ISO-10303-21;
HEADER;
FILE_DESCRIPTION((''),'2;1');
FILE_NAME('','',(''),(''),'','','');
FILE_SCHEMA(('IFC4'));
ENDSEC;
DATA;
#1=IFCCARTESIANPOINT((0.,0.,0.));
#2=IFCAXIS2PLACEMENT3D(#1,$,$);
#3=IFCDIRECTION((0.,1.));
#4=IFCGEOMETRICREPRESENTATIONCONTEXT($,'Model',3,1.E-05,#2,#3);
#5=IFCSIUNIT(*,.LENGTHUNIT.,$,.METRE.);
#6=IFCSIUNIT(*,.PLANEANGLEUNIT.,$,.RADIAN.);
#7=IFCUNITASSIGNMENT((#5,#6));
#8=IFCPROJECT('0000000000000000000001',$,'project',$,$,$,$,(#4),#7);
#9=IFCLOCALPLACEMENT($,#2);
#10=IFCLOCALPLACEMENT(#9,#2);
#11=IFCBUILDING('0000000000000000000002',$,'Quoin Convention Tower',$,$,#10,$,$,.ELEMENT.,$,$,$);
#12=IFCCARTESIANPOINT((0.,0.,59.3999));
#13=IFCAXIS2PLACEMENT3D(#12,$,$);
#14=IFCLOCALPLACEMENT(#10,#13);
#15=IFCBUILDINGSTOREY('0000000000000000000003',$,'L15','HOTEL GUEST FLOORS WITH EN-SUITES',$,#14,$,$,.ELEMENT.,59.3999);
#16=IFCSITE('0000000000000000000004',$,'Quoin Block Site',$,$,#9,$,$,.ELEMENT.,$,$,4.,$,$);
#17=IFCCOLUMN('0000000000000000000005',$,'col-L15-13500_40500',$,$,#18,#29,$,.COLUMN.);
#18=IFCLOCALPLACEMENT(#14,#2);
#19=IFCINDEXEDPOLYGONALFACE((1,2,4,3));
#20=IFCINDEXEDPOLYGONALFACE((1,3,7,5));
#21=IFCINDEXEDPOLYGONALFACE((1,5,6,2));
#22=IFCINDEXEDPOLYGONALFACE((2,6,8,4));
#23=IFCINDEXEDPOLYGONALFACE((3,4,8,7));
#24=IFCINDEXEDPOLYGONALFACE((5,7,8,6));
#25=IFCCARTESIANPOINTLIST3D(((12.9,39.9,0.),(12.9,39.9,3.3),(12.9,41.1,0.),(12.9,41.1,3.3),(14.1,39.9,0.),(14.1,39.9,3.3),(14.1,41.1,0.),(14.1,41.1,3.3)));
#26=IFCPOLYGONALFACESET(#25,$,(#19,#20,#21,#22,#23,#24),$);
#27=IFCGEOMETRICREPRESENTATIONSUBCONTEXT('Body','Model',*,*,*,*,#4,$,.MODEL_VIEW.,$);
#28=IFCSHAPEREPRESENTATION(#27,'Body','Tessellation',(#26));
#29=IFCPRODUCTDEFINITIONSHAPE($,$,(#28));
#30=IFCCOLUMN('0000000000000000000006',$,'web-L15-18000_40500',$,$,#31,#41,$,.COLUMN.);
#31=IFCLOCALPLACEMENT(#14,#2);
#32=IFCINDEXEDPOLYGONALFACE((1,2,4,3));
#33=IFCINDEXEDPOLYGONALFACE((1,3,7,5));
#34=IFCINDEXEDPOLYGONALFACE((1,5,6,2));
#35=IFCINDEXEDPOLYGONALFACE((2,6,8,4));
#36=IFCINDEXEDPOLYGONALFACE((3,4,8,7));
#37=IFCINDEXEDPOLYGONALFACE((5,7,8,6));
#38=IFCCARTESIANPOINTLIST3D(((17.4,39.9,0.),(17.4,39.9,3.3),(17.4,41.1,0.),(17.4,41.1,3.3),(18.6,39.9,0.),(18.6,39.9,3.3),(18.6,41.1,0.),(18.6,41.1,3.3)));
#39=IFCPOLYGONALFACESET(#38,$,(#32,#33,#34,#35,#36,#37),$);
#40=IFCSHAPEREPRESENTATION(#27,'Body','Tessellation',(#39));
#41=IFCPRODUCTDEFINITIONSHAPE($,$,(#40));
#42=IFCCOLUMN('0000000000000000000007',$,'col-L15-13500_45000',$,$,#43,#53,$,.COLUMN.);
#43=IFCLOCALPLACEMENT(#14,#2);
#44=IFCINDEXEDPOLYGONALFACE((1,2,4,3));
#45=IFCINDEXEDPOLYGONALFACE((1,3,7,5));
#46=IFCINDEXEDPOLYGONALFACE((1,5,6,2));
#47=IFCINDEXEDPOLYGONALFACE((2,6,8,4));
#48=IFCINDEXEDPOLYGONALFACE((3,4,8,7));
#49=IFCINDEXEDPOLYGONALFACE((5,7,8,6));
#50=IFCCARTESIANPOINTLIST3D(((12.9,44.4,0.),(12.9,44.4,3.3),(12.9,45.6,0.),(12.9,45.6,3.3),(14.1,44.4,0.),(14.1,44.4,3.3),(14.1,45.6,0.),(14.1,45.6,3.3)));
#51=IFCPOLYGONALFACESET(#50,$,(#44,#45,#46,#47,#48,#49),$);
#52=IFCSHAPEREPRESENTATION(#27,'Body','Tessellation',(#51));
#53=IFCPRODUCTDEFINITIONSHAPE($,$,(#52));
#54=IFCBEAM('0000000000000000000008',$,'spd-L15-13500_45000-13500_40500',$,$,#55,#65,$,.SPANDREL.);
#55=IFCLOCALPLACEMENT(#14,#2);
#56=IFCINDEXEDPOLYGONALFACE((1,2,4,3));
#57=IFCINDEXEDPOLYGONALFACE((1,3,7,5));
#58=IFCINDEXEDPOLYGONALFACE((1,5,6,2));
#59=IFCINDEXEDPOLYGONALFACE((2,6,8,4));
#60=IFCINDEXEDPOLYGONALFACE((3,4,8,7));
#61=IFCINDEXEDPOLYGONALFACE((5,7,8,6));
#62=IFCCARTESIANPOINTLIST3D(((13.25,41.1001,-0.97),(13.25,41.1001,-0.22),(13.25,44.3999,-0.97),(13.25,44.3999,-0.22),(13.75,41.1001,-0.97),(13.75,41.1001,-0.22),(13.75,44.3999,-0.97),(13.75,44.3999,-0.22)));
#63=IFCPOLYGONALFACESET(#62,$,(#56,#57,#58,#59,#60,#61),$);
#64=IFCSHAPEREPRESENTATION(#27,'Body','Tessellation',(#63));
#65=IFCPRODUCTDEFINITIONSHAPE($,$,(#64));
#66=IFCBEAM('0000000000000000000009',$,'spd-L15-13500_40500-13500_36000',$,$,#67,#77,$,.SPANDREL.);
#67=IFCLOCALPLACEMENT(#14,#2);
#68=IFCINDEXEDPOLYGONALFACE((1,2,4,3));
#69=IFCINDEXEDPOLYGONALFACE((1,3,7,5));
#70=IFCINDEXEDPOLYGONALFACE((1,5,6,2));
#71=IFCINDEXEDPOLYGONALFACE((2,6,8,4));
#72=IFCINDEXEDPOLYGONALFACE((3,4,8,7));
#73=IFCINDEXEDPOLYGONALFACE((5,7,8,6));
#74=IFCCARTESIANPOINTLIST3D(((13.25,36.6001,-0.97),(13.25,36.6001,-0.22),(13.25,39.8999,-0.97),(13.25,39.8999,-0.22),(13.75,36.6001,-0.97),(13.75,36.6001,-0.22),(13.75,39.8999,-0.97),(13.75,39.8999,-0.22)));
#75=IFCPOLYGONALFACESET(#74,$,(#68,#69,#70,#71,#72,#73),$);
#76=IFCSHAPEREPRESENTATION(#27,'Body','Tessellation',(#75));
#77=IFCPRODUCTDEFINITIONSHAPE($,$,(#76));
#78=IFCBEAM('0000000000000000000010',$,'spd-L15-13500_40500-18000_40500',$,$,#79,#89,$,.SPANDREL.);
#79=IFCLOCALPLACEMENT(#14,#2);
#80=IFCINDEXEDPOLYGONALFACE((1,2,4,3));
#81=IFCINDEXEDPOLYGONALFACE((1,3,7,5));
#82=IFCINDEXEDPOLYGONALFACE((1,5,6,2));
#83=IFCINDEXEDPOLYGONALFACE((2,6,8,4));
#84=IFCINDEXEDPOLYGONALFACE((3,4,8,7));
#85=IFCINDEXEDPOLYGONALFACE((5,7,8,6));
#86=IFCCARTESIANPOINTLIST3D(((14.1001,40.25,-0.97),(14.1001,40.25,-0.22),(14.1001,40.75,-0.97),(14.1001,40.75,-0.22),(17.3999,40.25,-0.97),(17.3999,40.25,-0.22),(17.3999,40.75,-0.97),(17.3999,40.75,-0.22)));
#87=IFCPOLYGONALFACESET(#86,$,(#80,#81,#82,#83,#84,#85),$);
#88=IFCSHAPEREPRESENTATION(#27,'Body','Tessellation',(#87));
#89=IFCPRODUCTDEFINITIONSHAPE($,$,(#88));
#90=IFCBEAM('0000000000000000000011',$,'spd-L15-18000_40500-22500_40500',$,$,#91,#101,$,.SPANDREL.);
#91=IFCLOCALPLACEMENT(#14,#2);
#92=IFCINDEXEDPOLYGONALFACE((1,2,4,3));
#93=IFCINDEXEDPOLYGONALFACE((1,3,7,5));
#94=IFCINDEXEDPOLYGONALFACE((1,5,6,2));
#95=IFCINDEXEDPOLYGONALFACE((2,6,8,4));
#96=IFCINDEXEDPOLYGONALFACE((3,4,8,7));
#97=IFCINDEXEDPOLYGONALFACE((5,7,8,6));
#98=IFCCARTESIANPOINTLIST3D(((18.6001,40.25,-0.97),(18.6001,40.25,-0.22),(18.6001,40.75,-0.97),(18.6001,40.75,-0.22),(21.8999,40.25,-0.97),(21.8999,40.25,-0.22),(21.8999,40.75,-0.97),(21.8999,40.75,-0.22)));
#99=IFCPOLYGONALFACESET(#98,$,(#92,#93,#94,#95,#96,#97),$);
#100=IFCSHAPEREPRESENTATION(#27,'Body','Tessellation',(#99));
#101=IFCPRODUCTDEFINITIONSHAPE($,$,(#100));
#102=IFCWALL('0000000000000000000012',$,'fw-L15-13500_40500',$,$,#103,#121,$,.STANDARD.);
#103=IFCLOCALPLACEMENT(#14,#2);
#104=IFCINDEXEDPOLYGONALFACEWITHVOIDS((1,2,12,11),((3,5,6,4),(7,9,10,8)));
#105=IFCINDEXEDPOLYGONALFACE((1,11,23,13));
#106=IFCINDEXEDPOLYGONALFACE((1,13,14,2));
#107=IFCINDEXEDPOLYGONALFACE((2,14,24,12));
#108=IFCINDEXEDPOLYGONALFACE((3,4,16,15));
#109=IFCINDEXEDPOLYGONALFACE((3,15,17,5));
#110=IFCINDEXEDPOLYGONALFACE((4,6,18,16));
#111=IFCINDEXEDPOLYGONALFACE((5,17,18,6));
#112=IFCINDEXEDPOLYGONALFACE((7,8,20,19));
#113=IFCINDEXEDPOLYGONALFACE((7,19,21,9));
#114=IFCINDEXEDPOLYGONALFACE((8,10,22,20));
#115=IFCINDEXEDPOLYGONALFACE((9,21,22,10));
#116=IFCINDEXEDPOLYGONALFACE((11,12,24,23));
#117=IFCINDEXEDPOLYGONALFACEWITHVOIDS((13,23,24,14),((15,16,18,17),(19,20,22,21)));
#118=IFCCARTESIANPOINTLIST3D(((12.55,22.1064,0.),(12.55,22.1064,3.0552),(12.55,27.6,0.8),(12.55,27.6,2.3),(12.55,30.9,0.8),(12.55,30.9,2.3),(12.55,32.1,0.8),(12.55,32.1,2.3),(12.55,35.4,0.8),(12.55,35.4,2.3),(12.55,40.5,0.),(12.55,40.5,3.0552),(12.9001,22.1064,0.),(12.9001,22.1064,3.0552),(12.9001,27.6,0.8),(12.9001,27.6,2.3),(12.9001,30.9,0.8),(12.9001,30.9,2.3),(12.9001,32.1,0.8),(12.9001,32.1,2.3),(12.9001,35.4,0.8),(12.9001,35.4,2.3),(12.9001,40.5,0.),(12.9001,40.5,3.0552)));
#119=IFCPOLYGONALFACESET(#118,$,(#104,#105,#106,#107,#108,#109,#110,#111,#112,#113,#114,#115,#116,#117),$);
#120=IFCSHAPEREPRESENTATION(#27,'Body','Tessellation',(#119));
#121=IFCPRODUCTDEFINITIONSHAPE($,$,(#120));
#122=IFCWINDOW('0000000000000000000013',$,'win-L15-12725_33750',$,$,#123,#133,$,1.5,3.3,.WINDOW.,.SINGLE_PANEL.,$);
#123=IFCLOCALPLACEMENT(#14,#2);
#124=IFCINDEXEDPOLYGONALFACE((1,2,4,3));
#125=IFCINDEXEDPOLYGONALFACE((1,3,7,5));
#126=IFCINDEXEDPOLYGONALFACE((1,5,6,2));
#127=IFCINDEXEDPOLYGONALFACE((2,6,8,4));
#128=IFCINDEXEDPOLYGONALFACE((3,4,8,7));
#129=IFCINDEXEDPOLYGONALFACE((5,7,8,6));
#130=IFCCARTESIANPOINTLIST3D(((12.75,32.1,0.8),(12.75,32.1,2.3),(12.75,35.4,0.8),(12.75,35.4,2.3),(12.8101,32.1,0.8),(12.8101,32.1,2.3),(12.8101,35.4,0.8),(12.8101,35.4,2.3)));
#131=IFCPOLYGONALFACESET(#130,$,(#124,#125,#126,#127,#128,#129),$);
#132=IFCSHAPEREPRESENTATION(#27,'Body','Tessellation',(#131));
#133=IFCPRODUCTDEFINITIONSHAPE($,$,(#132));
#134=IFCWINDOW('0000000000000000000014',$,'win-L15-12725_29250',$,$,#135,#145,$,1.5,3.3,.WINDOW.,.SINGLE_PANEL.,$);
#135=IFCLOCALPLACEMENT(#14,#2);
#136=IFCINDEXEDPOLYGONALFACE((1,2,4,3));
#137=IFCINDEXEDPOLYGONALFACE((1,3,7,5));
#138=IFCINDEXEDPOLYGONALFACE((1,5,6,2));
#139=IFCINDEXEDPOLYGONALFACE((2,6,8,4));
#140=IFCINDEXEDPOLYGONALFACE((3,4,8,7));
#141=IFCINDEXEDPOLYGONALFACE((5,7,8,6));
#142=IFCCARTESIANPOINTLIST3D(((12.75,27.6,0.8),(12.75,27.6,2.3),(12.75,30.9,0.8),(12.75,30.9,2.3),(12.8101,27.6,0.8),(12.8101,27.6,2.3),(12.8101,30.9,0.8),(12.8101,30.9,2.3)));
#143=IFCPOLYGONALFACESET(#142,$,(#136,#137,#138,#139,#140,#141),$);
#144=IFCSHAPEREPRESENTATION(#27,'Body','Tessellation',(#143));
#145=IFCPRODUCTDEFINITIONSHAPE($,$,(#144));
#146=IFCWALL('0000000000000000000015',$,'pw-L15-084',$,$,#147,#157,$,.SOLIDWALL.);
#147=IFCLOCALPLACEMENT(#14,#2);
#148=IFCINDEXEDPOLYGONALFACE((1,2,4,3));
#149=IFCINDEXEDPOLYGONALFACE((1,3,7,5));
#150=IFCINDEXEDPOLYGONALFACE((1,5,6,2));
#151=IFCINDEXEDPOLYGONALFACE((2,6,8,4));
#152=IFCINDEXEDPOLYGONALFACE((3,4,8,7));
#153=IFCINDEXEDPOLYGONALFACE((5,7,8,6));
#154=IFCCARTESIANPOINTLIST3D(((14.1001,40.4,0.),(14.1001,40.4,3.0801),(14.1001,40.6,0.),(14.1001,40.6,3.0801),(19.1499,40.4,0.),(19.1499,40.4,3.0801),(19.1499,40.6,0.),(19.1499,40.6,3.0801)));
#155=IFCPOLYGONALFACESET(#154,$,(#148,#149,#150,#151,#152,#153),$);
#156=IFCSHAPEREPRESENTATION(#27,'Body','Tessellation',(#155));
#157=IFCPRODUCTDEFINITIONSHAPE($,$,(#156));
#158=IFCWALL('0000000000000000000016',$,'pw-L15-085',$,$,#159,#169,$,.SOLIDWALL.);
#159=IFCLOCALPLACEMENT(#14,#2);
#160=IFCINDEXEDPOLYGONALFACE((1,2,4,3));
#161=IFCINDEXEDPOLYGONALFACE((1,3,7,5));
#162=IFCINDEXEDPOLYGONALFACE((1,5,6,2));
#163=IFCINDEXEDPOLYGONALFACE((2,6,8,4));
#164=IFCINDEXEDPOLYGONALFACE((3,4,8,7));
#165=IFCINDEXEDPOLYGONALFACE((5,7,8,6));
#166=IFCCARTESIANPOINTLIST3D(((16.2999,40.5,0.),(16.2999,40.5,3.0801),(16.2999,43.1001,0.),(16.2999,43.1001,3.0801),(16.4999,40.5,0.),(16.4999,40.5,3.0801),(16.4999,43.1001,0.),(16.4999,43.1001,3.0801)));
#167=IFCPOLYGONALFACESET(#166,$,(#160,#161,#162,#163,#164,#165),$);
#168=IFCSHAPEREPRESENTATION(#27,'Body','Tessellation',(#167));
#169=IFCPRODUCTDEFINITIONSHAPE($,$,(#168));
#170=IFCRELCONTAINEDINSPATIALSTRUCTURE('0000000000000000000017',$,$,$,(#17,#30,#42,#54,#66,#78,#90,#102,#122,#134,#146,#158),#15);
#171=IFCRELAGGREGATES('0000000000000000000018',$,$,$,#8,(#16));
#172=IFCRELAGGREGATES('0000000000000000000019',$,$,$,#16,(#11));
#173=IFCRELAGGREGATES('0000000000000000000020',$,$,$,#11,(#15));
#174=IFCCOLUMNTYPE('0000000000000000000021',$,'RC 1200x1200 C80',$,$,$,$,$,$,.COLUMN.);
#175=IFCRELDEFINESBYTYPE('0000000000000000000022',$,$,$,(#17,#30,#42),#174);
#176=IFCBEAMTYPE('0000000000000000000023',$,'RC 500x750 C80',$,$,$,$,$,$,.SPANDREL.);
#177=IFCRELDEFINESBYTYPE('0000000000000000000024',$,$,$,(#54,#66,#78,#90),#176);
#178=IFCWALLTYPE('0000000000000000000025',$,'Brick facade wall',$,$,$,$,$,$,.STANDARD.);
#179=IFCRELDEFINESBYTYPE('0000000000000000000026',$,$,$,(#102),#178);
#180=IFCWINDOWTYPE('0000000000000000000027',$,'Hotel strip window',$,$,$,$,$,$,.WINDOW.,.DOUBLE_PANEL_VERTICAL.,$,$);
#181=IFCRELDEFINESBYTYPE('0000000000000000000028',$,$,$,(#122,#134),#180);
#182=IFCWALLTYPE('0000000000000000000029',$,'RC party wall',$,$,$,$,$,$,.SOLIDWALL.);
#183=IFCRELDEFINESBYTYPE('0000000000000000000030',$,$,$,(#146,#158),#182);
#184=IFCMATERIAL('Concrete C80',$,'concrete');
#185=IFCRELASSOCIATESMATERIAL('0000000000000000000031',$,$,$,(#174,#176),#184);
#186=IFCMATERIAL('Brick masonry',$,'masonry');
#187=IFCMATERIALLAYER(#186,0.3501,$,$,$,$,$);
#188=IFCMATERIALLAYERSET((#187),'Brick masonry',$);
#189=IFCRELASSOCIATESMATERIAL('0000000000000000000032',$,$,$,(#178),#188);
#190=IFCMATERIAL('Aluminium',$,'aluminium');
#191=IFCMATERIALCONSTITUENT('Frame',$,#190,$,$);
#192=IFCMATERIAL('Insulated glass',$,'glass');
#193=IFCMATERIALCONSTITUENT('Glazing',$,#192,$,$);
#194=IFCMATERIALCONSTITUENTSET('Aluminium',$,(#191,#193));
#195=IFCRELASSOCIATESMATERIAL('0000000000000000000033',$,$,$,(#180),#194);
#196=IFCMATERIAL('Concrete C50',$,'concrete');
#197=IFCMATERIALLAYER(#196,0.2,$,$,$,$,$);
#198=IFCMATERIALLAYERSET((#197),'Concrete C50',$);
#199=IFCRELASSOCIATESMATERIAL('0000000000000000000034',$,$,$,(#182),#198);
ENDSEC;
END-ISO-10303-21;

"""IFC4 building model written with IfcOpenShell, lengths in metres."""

from ifc_helpers import new_model, si_unit, direction, frame, frame_2d, origin, origin_2d, place, context, subcontext, project, spatial, rectangle, extrude, material, layer, layer_set, constituent, constituent_set, material_profile, profile_set, type_object, element, fill, save


model = new_model("IFC4")

# Units and contexts
model_context = context("Model", 3, precision=1e-05, world=origin(), true_north=direction((0.0, 1.0)))
body_context = subcontext(model_context, "Body", "Model", "MODEL_VIEW")
ifc_project = project(units=[si_unit("LENGTHUNIT", "METRE"), si_unit("PLANEANGLEUNIT", "RADIAN")], contexts=[model_context])

# Site, building, storey
site_placement = place(None, origin())
site = spatial("IfcSite", under=ifc_project, at=site_placement, Name="Quoin Block Site", CompositionType="ELEMENT", RefElevation=4.0)
building_placement = place(site_placement, origin())
building = spatial("IfcBuilding", under=site, at=building_placement, Name="Quoin Convention Tower", CompositionType="ELEMENT")
storey_placement = place(building_placement, frame((0.0, 0.0, 59.3999)))
storey = spatial("IfcBuildingStorey", under=building, at=storey_placement, Name="L15", Description="HOTEL GUEST FLOORS WITH EN-SUITES", CompositionType="ELEMENT", Elevation=59.3999)

# Columns
ifc_material_1 = material(Name="Concrete C80", Category="concrete")
ifc_material_profile_1 = material_profile(ifc_material_1, rectangle(XDim=1.2, YDim=1.2, at=origin_2d()), Name="RC 1200x1200")
ifc_profile_set_1 = profile_set([ifc_material_profile_1], Name="Concrete C80")
column_type = type_object("IfcColumnType", Name="RC 1200x1200 C80", PredefinedType="COLUMN", material=ifc_profile_set_1)
for number, where, z_axis, x_axis, name in (
    (1, (13.5, 40.5, 0.0), (0.0, 0.0, 1.0), (1.0, 0.0, 0.0), "col-L15-13500_40500"),
    (2, (18.0, 40.5, 0.0), (0.0, 0.0, 1.0), (1.0, 0.0, 0.0), "web-L15-18000_40500"),
    (3, (13.5, 45.0, 0.0), (0.0, 0.0, 1.0), (1.0, 0.0, 0.0), "col-L15-13500_45000"),
):
    element("IfcColumn", number, at=place(storey_placement, frame(where, z_axis=z_axis, x_axis=x_axis)), inside=storey, type_object=column_type, Name=name, PredefinedType="COLUMN", context=body_context, shape_type="SweptSolid", body=[
        extrude(rectangle(XDim=1.2, YDim=1.2, at=origin_2d()), origin(), (0.0, 0.0, 1.0), 3.3),
    ])

# Beams
ifc_material_profile_2 = material_profile(ifc_material_1, rectangle(XDim=0.5, YDim=0.75, at=origin_2d()), Name="RC 500x750")
ifc_profile_set_2 = profile_set([ifc_material_profile_2], Name="Concrete C80")
beam_type = type_object("IfcBeamType", Name="RC 500x750 C80", PredefinedType="SPANDREL", material=ifc_profile_set_2)
for number, where, z_axis, x_axis, name in (
    (4, (13.5, 44.3999, -0.595), (0.0, -1.0, 0.0), (1.0, 0.0, 0.0), "spd-L15-13500_45000-13500_40500"),
    (5, (13.5, 39.8999, -0.595), (0.0, -1.0, 0.0), (1.0, 0.0, 0.0), "spd-L15-13500_40500-13500_36000"),
    (6, (14.1001, 40.5, -0.595), (1.0, 0.0, 0.0), (0.0, 1.0, 0.0), "spd-L15-13500_40500-18000_40500"),
    (7, (18.6001, 40.5, -0.595), (1.0, 0.0, 0.0), (0.0, 1.0, 0.0), "spd-L15-18000_40500-22500_40500"),
):
    element("IfcBeam", number, at=place(storey_placement, frame(where, z_axis=z_axis, x_axis=x_axis)), inside=storey, type_object=beam_type, Name=name, PredefinedType="SPANDREL", context=body_context, shape_type="SweptSolid", body=[
        extrude(rectangle(XDim=0.5, YDim=0.75, at=origin_2d()), origin(), (0.0, 0.0, 1.0), 3.2998),
    ])

# Wall, openings, windows
ifc_material_2 = material(Name="Brick masonry", Category="masonry")
ifc_layer_1 = layer(ifc_material_2, 0.3501)
ifc_layer_set_1 = layer_set([ifc_layer_1], Name="Brick masonry")
wall_type_1 = type_object("IfcWallType", Name="Brick facade wall", PredefinedType="STANDARD", material=ifc_layer_set_1)
wall_1_placement = place(storey_placement, frame((12.7251, 40.5, 0.0), z_axis=(0.0, 0.0, 1.0), x_axis=(0.0, -1.0, 0.0)))
wall_1 = element("IfcWall", 8, at=wall_1_placement, inside=storey, type_object=wall_type_1, Name="fw-L15-13500_40500", PredefinedType="STANDARD", context=body_context, shape_type="SweptSolid", body=[
    extrude(rectangle(XDim=18.3936, YDim=0.3501, at=frame_2d((9.1968, 0.0))), origin(), (0.0, 0.0, 1.0), 3.0552),
])
opening_1_placement = place(wall_1_placement, frame((5.1001, 0.0, 0.8)))
opening_1 = element("IfcOpeningElement", 9, at=opening_1_placement, cuts=wall_1, PredefinedType="OPENING", context=body_context, shape_type="SweptSolid", body=[
    extrude(rectangle(XDim=3.3, YDim=1.5, at=frame_2d((1.6499, 0.75))), frame((0.0, 0.1851, 0.0), z_axis=(0.0, -1.0, 0.0), x_axis=(1.0, 0.0, 0.0)), (0.0, 0.0, 1.0), 0.3701),
])
opening_2_placement = place(wall_1_placement, frame((9.6001, 0.0, 0.8)))
opening_2 = element("IfcOpeningElement", 10, at=opening_2_placement, cuts=wall_1, PredefinedType="OPENING", context=body_context, shape_type="SweptSolid", body=[
    extrude(rectangle(XDim=3.3, YDim=1.5, at=frame_2d((1.6499, 0.75))), frame((0.0, 0.1851, 0.0), z_axis=(0.0, -1.0, 0.0), x_axis=(1.0, 0.0, 0.0)), (0.0, 0.0, 1.0), 0.3701),
])
ifc_material_3 = material(Name="Aluminium", Category="aluminium")
ifc_constituent_1 = constituent(ifc_material_3, Name="Frame")
ifc_material_4 = material(Name="Insulated glass", Category="glass")
ifc_constituent_2 = constituent(ifc_material_4, Name="Glazing")
ifc_constituent_set = constituent_set(constituents=[ifc_constituent_1, ifc_constituent_2], Name="Aluminium")
window_type = type_object("IfcWindowType", Name="Hotel strip window", PartitioningType="DOUBLE_PANEL_VERTICAL", PredefinedType="WINDOW", material=ifc_constituent_set)
window_1_placement = place(opening_1_placement, origin())
window_1 = element("IfcWindow", 11, at=window_1_placement, inside=storey, type_object=window_type, Name="win-L15-12725_33750", OverallHeight=1.5, OverallWidth=3.3, PartitioningType="SINGLE_PANEL", PredefinedType="WINDOW", context=body_context, shape_type="SweptSolid", body=[
    extrude(rectangle(XDim=3.3, YDim=1.5, at=frame_2d((1.6499, 0.75))), frame((0.0, 0.085, 0.0), z_axis=(0.0, -1.0, 0.0), x_axis=(1.0, 0.0, 0.0)), (0.0, 0.0, 1.0), 0.0601),
])
fill(opening_1, window_1)
window_2_placement = place(opening_2_placement, origin())
window_2 = element("IfcWindow", 12, at=window_2_placement, inside=storey, type_object=window_type, Name="win-L15-12725_29250", OverallHeight=1.5, OverallWidth=3.3, PartitioningType="SINGLE_PANEL", PredefinedType="WINDOW", context=body_context, shape_type="SweptSolid", body=[
    extrude(rectangle(XDim=3.3, YDim=1.5, at=frame_2d((1.6499, 0.75))), frame((0.0, 0.085, 0.0), z_axis=(0.0, -1.0, 0.0), x_axis=(1.0, 0.0, 0.0)), (0.0, 0.0, 1.0), 0.0601),
])
fill(opening_2, window_2)

# Walls
ifc_material_5 = material(Name="Concrete C50", Category="concrete")
ifc_layer_2 = layer(ifc_material_5, 0.2)
ifc_layer_set_2 = layer_set([ifc_layer_2], Name="Concrete C50")
wall_type_2 = type_object("IfcWallType", Name="RC party wall", PredefinedType="SOLIDWALL", material=ifc_layer_set_2)
wall_2_placement = place(storey_placement, frame((14.1001, 40.5, 0.0), z_axis=(0.0, 0.0, 1.0), x_axis=(1.0, 0.0, 0.0)))
element("IfcWall", 13, at=wall_2_placement, inside=storey, type_object=wall_type_2, Name="pw-L15-084", PredefinedType="SOLIDWALL", context=body_context, shape_type="SweptSolid", body=[
    extrude(rectangle(XDim=5.0498, YDim=0.2, at=frame_2d((2.5249, 0.0))), origin(), (0.0, 0.0, 1.0), 3.0801),
])
wall_3_placement = place(storey_placement, frame((16.3999, 40.5, 0.0), z_axis=(0.0, 0.0, 1.0), x_axis=(0.0, 1.0, 0.0)))
element("IfcWall", 14, at=wall_3_placement, inside=storey, type_object=wall_type_2, Name="pw-L15-085", PredefinedType="SOLIDWALL", context=body_context, shape_type="SweptSolid", body=[
    extrude(rectangle(XDim=2.6001, YDim=0.2, at=frame_2d((1.3, 0.0))), origin(), (0.0, 0.0, 1.0), 3.0801),
])

save(model, "model.ifc")
